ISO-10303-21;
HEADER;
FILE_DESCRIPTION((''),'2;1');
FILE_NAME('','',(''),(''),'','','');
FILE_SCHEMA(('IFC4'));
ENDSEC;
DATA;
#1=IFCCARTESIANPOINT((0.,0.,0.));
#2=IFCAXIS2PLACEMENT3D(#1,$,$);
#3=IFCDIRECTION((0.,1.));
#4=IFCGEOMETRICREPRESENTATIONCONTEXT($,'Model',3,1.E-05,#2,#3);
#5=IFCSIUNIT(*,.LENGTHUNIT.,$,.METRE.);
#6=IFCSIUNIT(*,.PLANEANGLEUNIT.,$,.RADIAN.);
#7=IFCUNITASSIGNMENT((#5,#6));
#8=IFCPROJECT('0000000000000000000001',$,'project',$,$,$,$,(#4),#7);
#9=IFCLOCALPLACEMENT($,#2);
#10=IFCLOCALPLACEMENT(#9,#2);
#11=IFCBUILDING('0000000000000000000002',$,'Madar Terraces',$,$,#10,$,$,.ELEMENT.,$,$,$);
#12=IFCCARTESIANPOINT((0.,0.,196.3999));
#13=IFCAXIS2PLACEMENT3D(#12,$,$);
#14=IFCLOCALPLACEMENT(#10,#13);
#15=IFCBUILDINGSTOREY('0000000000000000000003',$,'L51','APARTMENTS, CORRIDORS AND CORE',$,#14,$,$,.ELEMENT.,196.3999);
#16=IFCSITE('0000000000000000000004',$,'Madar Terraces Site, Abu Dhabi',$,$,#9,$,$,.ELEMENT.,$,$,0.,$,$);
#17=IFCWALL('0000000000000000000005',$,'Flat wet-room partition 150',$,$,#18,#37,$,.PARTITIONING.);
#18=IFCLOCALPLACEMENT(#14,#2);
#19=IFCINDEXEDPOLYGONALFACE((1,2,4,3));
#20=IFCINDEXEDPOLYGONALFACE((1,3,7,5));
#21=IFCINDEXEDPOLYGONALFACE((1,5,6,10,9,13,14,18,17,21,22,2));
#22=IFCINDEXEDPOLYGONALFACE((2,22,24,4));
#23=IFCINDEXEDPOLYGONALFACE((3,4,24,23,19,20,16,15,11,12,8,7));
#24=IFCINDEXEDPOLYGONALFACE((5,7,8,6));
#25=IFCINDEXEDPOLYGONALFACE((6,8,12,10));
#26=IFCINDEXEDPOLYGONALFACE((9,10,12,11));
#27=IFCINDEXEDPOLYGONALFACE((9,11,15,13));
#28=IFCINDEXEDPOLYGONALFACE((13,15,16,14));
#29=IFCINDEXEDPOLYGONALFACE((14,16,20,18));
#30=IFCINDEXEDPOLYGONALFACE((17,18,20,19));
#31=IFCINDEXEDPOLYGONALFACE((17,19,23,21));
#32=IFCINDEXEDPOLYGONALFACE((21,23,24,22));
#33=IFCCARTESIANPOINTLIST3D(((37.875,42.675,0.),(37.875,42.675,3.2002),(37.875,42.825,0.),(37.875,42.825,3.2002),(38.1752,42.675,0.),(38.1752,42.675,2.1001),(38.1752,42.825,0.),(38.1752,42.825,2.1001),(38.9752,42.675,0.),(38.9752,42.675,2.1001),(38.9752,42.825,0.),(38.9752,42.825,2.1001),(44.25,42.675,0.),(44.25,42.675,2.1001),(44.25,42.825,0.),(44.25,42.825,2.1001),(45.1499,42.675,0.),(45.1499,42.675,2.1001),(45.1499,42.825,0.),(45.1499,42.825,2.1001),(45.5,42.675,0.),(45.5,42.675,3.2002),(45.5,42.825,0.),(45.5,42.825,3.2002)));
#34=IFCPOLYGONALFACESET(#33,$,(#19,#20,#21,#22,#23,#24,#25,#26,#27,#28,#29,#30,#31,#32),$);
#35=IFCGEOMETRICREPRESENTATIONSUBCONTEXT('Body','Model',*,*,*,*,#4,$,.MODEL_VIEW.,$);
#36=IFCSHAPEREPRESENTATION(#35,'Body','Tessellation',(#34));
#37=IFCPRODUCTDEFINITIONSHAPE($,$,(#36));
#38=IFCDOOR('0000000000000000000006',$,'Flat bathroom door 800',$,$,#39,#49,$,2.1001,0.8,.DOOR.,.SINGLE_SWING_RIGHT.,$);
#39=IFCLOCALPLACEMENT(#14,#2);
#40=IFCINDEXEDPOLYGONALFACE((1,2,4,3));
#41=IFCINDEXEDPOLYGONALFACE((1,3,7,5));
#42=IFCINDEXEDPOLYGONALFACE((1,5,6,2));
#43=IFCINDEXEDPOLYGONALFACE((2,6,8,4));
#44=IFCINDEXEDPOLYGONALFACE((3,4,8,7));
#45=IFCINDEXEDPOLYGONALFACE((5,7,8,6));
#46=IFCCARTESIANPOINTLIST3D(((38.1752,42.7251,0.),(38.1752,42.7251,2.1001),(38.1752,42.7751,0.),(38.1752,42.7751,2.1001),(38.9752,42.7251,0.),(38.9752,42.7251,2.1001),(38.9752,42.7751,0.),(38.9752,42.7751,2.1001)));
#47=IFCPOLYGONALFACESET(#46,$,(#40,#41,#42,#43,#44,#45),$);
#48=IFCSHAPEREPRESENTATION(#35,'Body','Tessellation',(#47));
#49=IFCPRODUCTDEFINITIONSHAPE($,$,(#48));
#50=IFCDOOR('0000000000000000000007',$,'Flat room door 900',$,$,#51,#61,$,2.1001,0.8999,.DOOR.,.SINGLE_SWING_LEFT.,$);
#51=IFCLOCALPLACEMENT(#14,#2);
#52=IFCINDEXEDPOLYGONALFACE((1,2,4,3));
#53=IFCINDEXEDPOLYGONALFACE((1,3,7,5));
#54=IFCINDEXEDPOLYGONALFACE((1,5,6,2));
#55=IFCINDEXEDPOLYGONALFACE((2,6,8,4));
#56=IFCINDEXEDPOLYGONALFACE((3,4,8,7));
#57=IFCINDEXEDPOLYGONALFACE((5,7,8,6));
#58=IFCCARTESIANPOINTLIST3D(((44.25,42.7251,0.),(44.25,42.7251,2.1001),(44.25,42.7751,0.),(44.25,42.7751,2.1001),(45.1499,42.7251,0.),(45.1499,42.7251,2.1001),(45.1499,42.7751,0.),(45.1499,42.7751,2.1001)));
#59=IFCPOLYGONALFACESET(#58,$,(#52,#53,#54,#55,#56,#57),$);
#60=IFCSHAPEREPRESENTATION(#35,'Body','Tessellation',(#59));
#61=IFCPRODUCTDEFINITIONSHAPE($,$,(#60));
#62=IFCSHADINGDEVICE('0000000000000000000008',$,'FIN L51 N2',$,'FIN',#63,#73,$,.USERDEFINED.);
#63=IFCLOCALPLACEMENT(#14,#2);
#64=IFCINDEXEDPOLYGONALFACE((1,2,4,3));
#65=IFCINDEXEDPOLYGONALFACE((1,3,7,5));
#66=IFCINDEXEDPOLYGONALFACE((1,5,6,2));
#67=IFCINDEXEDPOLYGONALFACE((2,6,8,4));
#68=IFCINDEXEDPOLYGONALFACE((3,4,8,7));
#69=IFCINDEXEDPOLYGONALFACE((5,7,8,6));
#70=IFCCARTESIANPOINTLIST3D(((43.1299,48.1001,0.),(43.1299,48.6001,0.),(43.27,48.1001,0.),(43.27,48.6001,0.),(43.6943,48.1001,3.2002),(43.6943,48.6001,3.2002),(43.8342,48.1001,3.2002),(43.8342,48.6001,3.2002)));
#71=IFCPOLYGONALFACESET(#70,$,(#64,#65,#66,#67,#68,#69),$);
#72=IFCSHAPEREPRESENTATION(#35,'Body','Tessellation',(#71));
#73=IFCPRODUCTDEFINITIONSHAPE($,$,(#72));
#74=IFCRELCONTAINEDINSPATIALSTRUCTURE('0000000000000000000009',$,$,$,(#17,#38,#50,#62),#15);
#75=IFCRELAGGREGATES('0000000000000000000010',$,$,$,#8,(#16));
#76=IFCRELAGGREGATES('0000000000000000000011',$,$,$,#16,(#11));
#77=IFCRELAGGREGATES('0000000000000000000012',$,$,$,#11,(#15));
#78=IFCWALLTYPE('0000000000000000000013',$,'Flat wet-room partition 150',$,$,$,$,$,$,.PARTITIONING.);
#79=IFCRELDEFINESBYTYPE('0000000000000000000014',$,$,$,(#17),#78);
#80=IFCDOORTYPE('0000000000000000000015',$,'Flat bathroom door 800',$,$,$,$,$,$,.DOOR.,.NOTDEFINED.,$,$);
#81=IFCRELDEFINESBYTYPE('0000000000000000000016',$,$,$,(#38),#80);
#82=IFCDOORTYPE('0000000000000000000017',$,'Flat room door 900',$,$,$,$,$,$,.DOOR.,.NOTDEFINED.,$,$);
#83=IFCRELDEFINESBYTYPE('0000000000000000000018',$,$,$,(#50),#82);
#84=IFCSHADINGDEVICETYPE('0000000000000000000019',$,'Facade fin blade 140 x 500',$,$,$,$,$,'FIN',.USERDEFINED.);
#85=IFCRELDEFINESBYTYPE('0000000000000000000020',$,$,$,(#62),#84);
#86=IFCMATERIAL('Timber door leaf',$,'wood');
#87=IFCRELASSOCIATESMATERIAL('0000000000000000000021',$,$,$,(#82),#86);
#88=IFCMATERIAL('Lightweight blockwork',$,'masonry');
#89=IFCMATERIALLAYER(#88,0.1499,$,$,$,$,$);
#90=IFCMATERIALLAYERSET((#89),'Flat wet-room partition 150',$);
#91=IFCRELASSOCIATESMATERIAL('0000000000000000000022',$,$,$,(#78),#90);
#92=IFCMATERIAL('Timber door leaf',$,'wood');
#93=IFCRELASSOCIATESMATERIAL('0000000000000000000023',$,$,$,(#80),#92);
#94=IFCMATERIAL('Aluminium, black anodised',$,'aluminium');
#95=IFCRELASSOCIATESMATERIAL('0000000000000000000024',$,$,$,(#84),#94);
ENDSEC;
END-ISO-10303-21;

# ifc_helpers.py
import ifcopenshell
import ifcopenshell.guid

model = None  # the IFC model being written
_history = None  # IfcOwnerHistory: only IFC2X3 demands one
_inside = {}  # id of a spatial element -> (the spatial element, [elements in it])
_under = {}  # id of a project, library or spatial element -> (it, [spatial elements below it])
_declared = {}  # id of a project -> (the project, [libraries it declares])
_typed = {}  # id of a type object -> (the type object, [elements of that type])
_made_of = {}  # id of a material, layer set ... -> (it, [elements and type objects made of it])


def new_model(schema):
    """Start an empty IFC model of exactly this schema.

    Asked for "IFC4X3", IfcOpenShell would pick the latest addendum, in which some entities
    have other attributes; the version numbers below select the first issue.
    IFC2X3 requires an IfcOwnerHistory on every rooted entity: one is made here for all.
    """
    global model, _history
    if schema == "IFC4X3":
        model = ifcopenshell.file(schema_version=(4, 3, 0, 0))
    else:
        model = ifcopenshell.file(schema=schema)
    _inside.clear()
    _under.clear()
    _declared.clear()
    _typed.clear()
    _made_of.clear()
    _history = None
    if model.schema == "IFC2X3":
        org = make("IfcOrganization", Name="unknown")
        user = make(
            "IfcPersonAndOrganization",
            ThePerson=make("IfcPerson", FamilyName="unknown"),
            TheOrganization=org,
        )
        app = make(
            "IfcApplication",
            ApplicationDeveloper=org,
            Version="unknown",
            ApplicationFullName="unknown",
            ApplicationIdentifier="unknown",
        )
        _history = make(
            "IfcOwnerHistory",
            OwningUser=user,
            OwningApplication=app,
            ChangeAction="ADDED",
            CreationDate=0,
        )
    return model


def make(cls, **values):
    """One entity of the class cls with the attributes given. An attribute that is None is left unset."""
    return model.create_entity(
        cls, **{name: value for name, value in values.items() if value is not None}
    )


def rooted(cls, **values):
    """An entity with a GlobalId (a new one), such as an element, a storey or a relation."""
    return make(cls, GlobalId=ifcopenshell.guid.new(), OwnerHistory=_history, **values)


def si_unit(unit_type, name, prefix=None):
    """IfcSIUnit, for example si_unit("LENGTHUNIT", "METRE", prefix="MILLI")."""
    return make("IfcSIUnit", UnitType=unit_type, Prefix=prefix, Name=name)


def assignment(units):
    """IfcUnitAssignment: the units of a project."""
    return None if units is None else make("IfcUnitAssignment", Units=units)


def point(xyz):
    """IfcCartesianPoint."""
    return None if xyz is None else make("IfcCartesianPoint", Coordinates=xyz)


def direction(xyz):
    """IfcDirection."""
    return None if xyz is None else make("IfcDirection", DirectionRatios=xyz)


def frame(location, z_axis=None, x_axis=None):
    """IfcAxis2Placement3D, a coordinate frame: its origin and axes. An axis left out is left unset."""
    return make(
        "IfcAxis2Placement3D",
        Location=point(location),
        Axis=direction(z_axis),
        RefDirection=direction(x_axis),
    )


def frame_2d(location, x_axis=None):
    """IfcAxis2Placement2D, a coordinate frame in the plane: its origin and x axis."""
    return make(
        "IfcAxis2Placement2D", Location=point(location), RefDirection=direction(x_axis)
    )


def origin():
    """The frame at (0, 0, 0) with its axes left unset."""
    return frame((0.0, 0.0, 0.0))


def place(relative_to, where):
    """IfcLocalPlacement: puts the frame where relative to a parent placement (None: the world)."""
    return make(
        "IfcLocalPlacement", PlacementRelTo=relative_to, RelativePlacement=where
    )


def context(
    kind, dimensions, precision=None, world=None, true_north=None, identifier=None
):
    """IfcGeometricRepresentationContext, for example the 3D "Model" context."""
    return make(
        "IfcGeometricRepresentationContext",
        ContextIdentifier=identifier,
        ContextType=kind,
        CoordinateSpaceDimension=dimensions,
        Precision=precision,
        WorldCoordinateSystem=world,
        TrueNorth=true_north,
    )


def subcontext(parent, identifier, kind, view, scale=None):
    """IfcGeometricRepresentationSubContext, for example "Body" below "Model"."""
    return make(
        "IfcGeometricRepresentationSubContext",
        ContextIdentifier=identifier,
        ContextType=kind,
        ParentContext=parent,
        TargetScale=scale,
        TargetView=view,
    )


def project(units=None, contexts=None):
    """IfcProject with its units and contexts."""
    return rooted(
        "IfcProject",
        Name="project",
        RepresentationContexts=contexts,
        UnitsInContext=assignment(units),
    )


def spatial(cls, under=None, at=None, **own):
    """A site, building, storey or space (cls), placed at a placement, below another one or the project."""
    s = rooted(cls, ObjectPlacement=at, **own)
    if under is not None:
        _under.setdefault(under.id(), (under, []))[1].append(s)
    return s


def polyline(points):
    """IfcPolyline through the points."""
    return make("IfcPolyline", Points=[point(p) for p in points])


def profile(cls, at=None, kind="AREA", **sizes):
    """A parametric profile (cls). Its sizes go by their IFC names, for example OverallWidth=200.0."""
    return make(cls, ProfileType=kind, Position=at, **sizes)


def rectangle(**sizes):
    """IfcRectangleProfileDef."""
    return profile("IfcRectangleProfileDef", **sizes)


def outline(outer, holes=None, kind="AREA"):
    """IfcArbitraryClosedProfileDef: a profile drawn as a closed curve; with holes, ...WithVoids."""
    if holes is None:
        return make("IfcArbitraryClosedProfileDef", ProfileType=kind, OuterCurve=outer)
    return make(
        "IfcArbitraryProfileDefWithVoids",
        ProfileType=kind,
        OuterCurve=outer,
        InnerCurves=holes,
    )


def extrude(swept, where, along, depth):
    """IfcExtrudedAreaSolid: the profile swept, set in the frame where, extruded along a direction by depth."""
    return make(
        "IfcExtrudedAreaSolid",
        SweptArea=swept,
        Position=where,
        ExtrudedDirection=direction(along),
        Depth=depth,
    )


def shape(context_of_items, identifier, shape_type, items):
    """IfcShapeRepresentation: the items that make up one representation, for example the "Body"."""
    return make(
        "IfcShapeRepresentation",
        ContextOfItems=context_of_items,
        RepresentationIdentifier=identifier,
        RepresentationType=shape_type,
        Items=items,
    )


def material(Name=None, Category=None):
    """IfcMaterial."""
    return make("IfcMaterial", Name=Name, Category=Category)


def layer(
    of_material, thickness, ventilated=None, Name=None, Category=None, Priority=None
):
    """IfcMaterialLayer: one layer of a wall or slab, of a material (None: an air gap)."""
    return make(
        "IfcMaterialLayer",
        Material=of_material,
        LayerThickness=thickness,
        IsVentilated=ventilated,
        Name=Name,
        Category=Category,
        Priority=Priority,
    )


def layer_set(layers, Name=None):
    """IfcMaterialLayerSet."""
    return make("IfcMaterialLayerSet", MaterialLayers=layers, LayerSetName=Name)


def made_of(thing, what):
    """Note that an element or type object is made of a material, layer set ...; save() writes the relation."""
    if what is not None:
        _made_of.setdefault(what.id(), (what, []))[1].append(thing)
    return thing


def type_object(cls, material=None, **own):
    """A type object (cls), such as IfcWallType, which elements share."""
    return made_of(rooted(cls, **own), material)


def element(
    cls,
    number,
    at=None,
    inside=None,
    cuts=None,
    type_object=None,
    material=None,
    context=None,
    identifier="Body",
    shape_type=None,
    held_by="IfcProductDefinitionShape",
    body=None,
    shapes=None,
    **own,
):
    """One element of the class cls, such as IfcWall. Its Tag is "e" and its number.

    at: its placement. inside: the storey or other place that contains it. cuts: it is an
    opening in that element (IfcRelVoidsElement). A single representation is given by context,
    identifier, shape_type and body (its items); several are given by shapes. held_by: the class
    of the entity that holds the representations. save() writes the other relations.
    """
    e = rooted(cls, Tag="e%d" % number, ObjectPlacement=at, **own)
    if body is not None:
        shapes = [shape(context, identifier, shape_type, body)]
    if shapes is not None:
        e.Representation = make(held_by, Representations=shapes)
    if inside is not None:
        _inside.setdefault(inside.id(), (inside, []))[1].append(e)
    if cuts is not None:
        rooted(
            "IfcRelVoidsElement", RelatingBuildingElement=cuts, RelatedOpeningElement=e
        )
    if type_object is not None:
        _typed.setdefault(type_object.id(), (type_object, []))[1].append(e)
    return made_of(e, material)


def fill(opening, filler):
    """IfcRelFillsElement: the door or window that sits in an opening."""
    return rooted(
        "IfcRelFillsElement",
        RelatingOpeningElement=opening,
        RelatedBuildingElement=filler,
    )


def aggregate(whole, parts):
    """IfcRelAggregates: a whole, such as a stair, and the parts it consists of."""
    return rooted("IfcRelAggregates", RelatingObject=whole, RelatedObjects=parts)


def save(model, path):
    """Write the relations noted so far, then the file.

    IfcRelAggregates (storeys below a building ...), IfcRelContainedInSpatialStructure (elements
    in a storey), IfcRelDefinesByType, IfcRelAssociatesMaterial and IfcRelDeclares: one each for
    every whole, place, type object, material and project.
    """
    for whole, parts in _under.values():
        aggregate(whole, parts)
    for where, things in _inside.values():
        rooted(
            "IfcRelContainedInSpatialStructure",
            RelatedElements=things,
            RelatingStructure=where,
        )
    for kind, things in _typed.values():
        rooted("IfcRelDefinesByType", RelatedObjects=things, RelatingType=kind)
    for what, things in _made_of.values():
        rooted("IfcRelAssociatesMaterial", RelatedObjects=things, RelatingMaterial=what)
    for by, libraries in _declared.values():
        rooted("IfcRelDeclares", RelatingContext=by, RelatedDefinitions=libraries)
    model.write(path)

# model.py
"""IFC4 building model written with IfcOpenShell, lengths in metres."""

from ifc_helpers import new_model, si_unit, direction, frame, frame_2d, origin, place, context, subcontext, project, spatial, polyline, rectangle, outline, extrude, material, layer, layer_set, type_object, element, fill, save


model = new_model("IFC4")

# Units and contexts
model_context = context("Model", 3, precision=1e-05, world=origin(), true_north=direction((0.0, 1.0)))
body_context = subcontext(model_context, "Body", "Model", "MODEL_VIEW")
ifc_project = project(units=[si_unit("LENGTHUNIT", "METRE"), si_unit("PLANEANGLEUNIT", "RADIAN")], contexts=[model_context])

# Site, building, storey
site_placement = place(None, origin())
site = spatial("IfcSite", under=ifc_project, at=site_placement, Name="Madar Terraces Site, Abu Dhabi", CompositionType="ELEMENT", RefElevation=0.0)
building_placement = place(site_placement, origin())
building = spatial("IfcBuilding", under=site, at=building_placement, Name="Madar Terraces", CompositionType="ELEMENT")
storey_placement = place(building_placement, frame((0.0, 0.0, 196.3999)))
storey = spatial("IfcBuildingStorey", under=building, at=storey_placement, Name="L51", Description="APARTMENTS, CORRIDORS AND CORE", CompositionType="ELEMENT", Elevation=196.3999)

# Shared definitions
ifc_material_1 = material(Name="Timber door leaf", Category="wood")
door_type_1 = type_object("IfcDoorType", Name="Flat room door 900", OperationType="NOTDEFINED", PredefinedType="DOOR", material=ifc_material_1)

# Shared definitions
ifc_material_2 = material(Name="Lightweight blockwork", Category="masonry")
ifc_layer_1 = layer(ifc_material_2, 0.1499)
ifc_layer_set_1 = layer_set([ifc_layer_1], Name="Flat wet-room partition 150")
wall_type_1 = type_object("IfcWallType", Name="Flat wet-room partition 150", PredefinedType="PARTITIONING", material=ifc_layer_set_1)

# Wall, openings, doors
wall_1_placement = place(storey_placement, frame((45.5, 42.75, 0.0), z_axis=(0.0, 0.0, 1.0), x_axis=(-1.0, 0.0, 0.0)))
wall_1 = element("IfcWall", 1, at=wall_1_placement, inside=storey, type_object=wall_type_1, Name="Flat wet-room partition 150", PredefinedType="PARTITIONING", context=body_context, shape_type="SweptSolid", body=[
    extrude(rectangle(XDim=7.625, YDim=0.1499, at=frame_2d((3.8125, 0.0))), origin(), (0.0, 0.0, 1.0), 3.2002),
])
opening_1_placement = place(wall_1_placement, frame((6.5249, 0.0, 0.0)))
opening_1 = element("IfcOpeningElement", 2, at=opening_1_placement, cuts=wall_1, PredefinedType="OPENING", context=body_context, shape_type="SweptSolid", body=[
    extrude(rectangle(XDim=0.8, YDim=2.1001, at=frame_2d((0.3999, 1.05))), frame((0.0, 0.085, 0.0), z_axis=(0.0, -1.0, 0.0), x_axis=(1.0, 0.0, 0.0)), (0.0, 0.0, 1.0), 0.1699),
])
opening_2_placement = place(wall_1_placement, frame((0.3501, 0.0, 0.0)))
opening_2 = element("IfcOpeningElement", 3, at=opening_2_placement, cuts=wall_1, PredefinedType="OPENING", context=body_context, shape_type="SweptSolid", body=[
    extrude(rectangle(XDim=0.8999, YDim=2.1001, at=frame_2d((0.45, 1.05))), frame((0.0, 0.085, 0.0), z_axis=(0.0, -1.0, 0.0), x_axis=(1.0, 0.0, 0.0)), (0.0, 0.0, 1.0), 0.1699),
])
ifc_material_3 = material(Name="Timber door leaf", Category="wood")
door_type_2 = type_object("IfcDoorType", Name="Flat bathroom door 800", OperationType="NOTDEFINED", PredefinedType="DOOR", material=ifc_material_3)
door_1_placement = place(opening_1_placement, origin())
door_1 = element("IfcDoor", 4, at=door_1_placement, inside=storey, type_object=door_type_2, Name="Flat bathroom door 800", OperationType="SINGLE_SWING_RIGHT", OverallHeight=2.1001, OverallWidth=0.8, PredefinedType="DOOR", context=body_context, shape_type="SweptSolid", body=[
    extrude(rectangle(XDim=0.8, YDim=2.1001, at=frame_2d((0.3999, 1.05))), frame((0.0, 0.0249, 0.0), z_axis=(0.0, -1.0, 0.0), x_axis=(1.0, 0.0, 0.0)), (0.0, 0.0, 1.0), 0.05),
])
fill(opening_1, door_1)
door_2_placement = place(opening_2_placement, origin())
door_2 = element("IfcDoor", 5, at=door_2_placement, inside=storey, type_object=door_type_1, Name="Flat room door 900", OperationType="SINGLE_SWING_LEFT", OverallHeight=2.1001, OverallWidth=0.8999, PredefinedType="DOOR", context=body_context, shape_type="SweptSolid", body=[
    extrude(rectangle(XDim=0.8999, YDim=2.1001, at=frame_2d((0.45, 1.05))), frame((0.0, 0.0249, 0.0), z_axis=(0.0, -1.0, 0.0), x_axis=(1.0, 0.0, 0.0)), (0.0, 0.0, 1.0), 0.05),
])
fill(opening_2, door_2)

# Shading device
ifc_material_4 = material(Name="Aluminium, black anodised", Category="aluminium")
shading_device_type = type_object("IfcShadingDeviceType", Name="Facade fin blade 140 x 500", ElementType="FIN", PredefinedType="USERDEFINED", material=ifc_material_4)
shading_device_placement = place(storey_placement, frame((43.27, 48.3501, 0.0), z_axis=(0.0, 0.0, 1.0), x_axis=(-1.0, 0.0, 0.0)))
element("IfcShadingDevice", 6, at=shading_device_placement, inside=storey, type_object=shading_device_type, Name="FIN L51 N2", ObjectType="FIN", PredefinedType="USERDEFINED", context=body_context, shape_type="SweptSolid", body=[
    extrude(outline(polyline([(0.0, 0.0), (0.1401, 0.0), (-0.4243, 3.2002), (-0.5642, 3.2002), (0.0, 0.0)])), frame((0.0, 0.25, 0.0), z_axis=(0.0, -1.0, 0.0), x_axis=(1.0, 0.0, 0.0)), (0.0, 0.0, 1.0), 0.5),
])

save(model, "model.ifc")
